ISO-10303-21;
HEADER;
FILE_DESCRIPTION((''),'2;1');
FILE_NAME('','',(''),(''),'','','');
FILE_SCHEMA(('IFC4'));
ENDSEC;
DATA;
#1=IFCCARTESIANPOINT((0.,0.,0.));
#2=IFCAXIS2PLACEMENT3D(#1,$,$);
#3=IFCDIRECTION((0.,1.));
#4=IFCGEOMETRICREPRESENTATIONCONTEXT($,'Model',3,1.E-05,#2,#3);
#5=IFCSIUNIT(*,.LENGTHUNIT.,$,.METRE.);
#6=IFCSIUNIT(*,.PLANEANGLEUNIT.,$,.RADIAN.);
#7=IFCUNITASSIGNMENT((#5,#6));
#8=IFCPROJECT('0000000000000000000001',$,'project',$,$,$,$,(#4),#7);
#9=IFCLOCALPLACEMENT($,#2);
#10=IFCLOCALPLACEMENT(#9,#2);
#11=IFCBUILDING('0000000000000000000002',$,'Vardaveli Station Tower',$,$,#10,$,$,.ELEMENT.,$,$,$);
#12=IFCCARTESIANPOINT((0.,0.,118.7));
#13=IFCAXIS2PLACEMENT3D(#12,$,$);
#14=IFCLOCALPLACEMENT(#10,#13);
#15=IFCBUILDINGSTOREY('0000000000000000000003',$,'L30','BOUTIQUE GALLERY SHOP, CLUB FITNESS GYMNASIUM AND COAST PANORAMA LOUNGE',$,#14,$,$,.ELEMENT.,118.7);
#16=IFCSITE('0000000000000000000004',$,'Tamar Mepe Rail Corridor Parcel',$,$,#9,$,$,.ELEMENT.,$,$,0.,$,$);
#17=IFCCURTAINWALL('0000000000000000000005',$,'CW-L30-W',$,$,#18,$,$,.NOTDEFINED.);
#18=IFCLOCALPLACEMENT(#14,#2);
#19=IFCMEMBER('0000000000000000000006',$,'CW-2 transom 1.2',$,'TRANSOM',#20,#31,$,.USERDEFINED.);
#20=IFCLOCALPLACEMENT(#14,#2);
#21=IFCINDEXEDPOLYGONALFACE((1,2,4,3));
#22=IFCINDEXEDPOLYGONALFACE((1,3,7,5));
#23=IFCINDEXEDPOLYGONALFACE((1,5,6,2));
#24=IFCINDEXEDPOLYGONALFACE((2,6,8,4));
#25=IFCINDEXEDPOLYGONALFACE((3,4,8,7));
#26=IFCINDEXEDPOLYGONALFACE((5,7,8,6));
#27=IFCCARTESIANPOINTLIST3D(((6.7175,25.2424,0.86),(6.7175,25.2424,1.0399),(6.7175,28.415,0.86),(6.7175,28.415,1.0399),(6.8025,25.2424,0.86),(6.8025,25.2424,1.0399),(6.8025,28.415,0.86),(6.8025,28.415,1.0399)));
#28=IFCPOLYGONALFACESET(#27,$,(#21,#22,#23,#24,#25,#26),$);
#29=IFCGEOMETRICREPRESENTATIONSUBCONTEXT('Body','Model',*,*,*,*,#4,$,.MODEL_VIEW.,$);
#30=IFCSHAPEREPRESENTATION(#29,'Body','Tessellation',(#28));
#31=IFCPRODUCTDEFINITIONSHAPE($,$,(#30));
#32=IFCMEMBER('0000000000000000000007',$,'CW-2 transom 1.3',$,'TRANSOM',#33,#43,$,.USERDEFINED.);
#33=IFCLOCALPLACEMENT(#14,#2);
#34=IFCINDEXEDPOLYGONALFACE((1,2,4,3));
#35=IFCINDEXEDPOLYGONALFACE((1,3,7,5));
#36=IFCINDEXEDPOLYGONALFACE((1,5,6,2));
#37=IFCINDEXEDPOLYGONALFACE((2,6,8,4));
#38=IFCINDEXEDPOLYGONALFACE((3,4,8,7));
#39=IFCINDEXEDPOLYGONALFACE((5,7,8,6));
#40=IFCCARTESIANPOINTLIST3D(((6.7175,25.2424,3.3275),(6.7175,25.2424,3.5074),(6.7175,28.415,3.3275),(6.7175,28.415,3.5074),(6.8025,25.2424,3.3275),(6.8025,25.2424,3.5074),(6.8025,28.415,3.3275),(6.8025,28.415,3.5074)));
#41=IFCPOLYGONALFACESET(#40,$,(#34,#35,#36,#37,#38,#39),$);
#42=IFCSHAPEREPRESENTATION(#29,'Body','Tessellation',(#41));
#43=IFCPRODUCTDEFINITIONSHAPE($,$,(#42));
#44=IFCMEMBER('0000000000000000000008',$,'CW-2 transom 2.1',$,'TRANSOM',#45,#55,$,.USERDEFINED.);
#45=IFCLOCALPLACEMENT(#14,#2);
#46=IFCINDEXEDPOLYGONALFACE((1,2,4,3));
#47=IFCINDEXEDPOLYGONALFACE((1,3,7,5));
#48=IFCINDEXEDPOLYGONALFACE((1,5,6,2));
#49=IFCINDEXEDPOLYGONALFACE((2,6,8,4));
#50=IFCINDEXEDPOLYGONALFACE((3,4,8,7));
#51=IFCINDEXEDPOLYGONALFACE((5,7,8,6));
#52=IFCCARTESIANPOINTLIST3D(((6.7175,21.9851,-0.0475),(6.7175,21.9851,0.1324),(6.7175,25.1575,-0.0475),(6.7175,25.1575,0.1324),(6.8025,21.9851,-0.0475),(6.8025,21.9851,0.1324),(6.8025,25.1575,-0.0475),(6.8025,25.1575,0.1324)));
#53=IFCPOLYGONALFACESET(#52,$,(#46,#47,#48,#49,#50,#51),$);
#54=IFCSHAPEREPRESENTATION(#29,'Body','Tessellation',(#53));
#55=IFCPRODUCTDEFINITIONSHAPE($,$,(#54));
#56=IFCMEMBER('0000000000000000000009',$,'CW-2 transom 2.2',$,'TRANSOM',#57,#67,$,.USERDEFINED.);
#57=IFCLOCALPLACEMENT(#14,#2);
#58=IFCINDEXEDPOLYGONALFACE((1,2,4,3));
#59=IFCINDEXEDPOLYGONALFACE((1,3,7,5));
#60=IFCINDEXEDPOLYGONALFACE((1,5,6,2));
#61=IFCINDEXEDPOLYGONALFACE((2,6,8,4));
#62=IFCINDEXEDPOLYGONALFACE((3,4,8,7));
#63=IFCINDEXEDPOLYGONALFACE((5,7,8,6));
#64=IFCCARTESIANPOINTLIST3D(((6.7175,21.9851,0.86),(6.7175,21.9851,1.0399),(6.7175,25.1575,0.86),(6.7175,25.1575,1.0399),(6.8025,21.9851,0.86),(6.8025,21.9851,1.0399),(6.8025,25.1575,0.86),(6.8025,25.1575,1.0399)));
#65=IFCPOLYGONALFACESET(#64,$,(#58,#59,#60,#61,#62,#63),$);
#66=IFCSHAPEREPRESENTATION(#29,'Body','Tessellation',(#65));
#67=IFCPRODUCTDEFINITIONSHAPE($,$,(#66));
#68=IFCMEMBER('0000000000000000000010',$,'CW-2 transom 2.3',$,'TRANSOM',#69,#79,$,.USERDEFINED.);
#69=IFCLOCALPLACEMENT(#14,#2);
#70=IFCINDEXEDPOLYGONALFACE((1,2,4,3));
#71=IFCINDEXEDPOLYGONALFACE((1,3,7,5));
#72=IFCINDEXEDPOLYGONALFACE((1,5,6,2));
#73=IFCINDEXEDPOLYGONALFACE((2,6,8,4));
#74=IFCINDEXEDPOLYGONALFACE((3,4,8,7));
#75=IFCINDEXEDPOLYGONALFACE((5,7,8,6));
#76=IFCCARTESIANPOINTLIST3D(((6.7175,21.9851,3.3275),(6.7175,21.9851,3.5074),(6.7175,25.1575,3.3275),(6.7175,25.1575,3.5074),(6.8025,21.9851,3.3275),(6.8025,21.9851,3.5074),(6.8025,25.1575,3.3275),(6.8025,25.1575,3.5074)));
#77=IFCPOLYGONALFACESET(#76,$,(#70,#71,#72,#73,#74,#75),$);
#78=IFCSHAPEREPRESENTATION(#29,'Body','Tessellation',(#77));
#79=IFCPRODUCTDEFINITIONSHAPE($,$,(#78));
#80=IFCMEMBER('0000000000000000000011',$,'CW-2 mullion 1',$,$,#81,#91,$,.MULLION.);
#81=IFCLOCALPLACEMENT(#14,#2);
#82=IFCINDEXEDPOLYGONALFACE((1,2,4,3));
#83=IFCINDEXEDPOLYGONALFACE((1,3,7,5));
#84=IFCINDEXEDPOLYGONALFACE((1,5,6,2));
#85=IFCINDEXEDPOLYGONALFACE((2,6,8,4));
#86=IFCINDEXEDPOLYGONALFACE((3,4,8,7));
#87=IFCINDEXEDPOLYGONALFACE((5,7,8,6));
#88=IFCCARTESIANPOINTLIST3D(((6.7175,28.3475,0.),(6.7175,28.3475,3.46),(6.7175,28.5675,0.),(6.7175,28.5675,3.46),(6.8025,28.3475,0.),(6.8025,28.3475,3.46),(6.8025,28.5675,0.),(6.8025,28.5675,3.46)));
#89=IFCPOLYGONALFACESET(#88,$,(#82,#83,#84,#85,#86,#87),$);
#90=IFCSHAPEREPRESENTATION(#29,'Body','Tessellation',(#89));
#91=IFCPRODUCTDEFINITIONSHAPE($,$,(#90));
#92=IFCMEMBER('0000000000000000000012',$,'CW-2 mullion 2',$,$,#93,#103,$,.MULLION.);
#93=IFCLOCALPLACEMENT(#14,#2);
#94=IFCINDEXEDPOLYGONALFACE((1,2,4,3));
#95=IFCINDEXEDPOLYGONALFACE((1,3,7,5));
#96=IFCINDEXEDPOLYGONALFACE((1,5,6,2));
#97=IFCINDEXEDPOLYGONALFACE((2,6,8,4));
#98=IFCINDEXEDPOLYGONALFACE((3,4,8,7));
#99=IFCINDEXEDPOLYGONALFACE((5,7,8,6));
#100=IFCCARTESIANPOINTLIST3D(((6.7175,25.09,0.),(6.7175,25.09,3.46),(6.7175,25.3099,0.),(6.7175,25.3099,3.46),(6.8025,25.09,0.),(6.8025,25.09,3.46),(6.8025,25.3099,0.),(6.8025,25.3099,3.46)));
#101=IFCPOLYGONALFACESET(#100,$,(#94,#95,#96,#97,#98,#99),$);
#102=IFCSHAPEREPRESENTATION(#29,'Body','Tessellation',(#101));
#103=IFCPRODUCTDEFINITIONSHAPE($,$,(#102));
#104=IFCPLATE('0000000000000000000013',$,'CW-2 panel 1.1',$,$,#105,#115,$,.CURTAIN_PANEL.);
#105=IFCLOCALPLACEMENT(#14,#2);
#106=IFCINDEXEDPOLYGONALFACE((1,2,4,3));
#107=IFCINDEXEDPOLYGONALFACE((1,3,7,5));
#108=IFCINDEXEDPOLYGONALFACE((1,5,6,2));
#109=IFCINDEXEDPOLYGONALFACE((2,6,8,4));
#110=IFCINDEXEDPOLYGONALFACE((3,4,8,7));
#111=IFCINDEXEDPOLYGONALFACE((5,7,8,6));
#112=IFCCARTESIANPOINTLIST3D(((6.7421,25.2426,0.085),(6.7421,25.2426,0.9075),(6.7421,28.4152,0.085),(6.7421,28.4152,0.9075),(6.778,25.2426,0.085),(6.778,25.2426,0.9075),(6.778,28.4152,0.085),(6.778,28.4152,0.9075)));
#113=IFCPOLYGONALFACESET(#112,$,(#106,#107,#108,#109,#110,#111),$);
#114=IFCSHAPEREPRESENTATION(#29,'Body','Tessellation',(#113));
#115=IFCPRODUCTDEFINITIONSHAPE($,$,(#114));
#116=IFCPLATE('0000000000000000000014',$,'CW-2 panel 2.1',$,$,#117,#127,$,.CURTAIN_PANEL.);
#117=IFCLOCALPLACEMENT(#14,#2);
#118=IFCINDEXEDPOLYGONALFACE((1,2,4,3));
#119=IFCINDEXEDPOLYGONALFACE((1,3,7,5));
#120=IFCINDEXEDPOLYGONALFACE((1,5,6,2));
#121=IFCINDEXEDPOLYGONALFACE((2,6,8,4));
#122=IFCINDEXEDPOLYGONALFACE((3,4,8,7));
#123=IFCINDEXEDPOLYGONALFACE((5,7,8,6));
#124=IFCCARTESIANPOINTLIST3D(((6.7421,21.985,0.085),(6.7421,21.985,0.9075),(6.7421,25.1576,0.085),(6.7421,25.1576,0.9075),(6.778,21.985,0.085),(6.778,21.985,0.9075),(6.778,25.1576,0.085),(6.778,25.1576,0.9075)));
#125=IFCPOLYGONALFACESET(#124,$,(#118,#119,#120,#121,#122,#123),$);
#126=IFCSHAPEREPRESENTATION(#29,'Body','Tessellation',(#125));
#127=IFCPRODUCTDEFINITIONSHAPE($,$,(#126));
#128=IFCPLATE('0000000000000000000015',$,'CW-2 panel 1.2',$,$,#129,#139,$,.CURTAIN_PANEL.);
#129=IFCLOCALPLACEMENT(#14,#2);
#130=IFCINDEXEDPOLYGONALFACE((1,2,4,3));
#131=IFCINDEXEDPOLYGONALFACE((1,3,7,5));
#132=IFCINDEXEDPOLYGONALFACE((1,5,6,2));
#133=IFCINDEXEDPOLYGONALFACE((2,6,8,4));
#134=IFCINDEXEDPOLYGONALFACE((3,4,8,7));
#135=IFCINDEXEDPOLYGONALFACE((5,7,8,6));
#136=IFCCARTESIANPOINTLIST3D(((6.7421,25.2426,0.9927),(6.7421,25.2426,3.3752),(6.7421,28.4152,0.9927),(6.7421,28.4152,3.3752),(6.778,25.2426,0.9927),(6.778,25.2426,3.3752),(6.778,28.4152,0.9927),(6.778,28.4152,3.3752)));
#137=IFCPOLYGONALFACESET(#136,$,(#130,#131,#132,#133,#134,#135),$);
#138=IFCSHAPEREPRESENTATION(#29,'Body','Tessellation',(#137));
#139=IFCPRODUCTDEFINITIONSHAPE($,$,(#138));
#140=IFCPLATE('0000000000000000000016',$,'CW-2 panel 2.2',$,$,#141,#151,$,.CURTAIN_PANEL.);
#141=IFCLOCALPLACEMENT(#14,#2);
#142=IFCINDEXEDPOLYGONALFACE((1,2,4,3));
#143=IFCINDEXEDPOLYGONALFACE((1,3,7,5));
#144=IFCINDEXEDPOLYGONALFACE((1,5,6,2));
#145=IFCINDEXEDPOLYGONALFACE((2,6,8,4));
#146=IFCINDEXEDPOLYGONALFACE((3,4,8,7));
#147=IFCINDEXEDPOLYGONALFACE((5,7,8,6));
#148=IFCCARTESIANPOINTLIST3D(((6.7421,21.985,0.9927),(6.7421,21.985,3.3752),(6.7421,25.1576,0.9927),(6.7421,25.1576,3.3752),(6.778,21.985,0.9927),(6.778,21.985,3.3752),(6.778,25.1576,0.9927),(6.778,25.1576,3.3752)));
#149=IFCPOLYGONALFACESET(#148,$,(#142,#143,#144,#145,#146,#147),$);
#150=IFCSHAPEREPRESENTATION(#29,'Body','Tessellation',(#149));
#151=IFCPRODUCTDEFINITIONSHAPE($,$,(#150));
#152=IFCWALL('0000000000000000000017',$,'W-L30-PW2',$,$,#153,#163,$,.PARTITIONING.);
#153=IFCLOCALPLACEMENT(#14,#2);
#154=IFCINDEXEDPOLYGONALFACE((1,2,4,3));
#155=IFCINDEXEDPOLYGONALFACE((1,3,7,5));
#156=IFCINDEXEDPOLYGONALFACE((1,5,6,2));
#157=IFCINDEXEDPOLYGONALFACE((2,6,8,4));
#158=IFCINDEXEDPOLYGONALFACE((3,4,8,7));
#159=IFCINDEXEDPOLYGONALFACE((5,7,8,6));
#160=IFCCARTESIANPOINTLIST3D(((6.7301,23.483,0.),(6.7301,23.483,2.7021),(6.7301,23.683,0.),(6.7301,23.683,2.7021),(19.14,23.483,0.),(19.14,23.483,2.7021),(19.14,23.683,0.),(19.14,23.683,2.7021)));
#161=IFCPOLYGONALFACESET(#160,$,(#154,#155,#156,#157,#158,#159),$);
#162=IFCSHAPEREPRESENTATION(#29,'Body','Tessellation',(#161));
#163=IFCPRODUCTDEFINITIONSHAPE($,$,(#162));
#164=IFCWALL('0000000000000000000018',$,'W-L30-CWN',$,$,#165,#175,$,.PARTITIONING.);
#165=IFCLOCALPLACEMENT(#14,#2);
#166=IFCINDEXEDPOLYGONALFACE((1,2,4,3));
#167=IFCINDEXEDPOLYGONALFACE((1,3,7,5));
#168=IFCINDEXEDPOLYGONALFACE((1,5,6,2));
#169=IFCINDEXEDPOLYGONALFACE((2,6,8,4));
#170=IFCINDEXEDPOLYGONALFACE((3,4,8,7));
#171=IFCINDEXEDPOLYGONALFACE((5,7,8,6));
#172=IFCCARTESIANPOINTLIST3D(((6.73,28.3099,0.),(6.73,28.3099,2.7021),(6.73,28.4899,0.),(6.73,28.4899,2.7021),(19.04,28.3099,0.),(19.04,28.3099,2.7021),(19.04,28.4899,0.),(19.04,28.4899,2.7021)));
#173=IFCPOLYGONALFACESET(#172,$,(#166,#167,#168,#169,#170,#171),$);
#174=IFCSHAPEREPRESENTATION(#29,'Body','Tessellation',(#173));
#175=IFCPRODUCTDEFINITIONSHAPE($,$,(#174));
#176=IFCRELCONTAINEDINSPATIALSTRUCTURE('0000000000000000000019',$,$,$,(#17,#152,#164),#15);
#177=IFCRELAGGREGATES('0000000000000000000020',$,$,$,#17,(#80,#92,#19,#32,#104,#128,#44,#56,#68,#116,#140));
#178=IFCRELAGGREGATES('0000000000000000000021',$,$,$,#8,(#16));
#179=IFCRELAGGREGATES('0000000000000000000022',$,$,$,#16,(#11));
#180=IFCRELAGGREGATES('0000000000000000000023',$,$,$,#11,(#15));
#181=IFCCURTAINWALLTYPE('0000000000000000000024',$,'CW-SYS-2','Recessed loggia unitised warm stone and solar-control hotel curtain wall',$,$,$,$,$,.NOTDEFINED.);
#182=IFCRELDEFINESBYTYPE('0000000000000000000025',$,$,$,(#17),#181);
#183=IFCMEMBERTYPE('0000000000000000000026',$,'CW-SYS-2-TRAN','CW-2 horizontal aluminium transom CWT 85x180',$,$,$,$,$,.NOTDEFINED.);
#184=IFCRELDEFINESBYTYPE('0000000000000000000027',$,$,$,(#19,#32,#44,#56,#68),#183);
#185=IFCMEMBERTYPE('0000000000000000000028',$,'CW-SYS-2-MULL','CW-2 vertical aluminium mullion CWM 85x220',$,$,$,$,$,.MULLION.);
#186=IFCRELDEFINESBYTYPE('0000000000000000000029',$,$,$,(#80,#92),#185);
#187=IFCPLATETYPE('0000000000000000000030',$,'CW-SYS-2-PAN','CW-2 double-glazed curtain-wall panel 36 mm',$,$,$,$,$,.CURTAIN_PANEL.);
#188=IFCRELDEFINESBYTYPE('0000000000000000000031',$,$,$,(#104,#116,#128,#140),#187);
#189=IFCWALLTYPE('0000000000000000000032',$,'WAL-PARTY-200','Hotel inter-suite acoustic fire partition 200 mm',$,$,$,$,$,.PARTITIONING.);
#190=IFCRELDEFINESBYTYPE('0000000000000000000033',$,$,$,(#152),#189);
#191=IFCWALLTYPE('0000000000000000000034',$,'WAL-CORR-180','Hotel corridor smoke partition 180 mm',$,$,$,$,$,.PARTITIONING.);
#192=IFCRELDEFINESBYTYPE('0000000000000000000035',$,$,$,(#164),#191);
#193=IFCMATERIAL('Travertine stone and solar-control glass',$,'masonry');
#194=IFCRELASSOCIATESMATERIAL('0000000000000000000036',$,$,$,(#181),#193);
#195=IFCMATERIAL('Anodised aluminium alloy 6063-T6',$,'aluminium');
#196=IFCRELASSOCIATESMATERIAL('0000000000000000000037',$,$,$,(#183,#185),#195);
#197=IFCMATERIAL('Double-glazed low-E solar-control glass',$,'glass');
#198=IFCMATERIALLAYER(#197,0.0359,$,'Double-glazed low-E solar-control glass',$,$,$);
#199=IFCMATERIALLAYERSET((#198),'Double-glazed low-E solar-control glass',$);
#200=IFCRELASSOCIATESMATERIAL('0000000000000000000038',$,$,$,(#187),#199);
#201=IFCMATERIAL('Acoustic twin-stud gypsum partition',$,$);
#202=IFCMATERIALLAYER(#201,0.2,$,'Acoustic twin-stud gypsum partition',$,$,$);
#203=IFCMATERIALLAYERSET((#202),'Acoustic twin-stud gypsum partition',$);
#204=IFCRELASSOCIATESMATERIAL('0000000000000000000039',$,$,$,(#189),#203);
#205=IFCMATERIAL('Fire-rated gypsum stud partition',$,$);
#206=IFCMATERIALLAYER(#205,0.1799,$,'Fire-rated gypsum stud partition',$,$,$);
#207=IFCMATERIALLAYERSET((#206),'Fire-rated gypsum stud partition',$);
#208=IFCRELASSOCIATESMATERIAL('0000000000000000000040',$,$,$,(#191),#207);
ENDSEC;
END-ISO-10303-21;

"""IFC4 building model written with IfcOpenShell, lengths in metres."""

from ifc_helpers import new_model, si_unit, direction, frame, frame_2d, origin, origin_2d, place, context, subcontext, project, spatial, rectangle, extrude, source, transform, mapped, material, layer, layer_set, material_profile, profile_set, type_object, element, aggregate, save


model = new_model("IFC4")

# Units and contexts
model_context = context("Model", 3, precision=1e-05, world=origin(), true_north=direction((0.0, 1.0)))
body_context = subcontext(model_context, "Body", "Model", "MODEL_VIEW")
ifc_project = project(units=[si_unit("LENGTHUNIT", "METRE"), si_unit("PLANEANGLEUNIT", "RADIAN")], contexts=[model_context])

# Site, building, storey
site_placement = place(None, origin())
site = spatial("IfcSite", under=ifc_project, at=site_placement, Name="Tamar Mepe Rail Corridor Parcel", CompositionType="ELEMENT", RefElevation=0.0)
building_placement = place(site_placement, origin())
building = spatial("IfcBuilding", under=site, at=building_placement, Name="Vardaveli Station Tower", CompositionType="ELEMENT")
storey_placement = place(building_placement, frame((0.0, 0.0, 118.7)))
storey = spatial("IfcBuildingStorey", under=building, at=storey_placement, Name="L30", Description="BOUTIQUE GALLERY SHOP, CLUB FITNESS GYMNASIUM AND COAST PANORAMA LOUNGE", CompositionType="ELEMENT", Elevation=118.7)

# Curtain wall, members, plates
ifc_material_1 = material(Name="Travertine stone and solar-control glass", Category="masonry")
curtain_wall_type = type_object("IfcCurtainWallType", Name="CW-SYS-2", Description="Recessed loggia unitised warm stone and solar-control hotel curtain wall", PredefinedType="NOTDEFINED", material=ifc_material_1)
curtain_wall_placement = place(storey_placement, origin())
curtain_wall = element("IfcCurtainWall", 1, at=curtain_wall_placement, inside=storey, type_object=curtain_wall_type, Name="CW-L30-W", PredefinedType="NOTDEFINED")
ifc_material_2 = material(Name="Anodised aluminium alloy 6063-T6", Category="aluminium")
ifc_material_profile_1 = material_profile(ifc_material_2, rectangle(XDim=0.085, YDim=0.1799, at=origin_2d()), Name="CWT 85x180")
ifc_profile_set_1 = profile_set([ifc_material_profile_1], Name="Anodised aluminium alloy 6063-T6")
member_type_1 = type_object("IfcMemberType", Name="CW-SYS-2-TRAN", Description="CW-2 horizontal aluminium transom CWT 85x180", PredefinedType="NOTDEFINED", material=ifc_profile_set_1)
shared_shape_1 = source(origin(), body_context, "Body", "SweptSolid", [
    extrude(rectangle(XDim=0.085, YDim=0.1799, at=origin_2d()), origin(), (0.0, 0.0, 1.0), 3.1726),
])
member_1_placement = place(storey_placement, frame((6.76, 28.415, 0.95), z_axis=(0.0, -1.0, 0.0), x_axis=(1.0, 0.0, 0.0)))
member_1 = element("IfcMember", 2, at=member_1_placement, type_object=member_type_1, Name="CW-2 transom 1.2", ObjectType="TRANSOM", PredefinedType="USERDEFINED", context=body_context, shape_type="MappedRepresentation", body=[
    mapped(shared_shape_1, transform((0.0, 0.0, 0.0), scale=1.0)),
])
member_2_placement = place(storey_placement, frame((6.76, 28.415, 3.4175), z_axis=(0.0, -1.0, 0.0), x_axis=(1.0, 0.0, 0.0)))
member_2 = element("IfcMember", 3, at=member_2_placement, type_object=member_type_1, Name="CW-2 transom 1.3", ObjectType="TRANSOM", PredefinedType="USERDEFINED", context=body_context, shape_type="MappedRepresentation", body=[
    mapped(shared_shape_1, transform((0.0, 0.0, 0.0), scale=1.0)),
])
shared_shape_2 = source(origin(), body_context, "Body", "SweptSolid", [
    extrude(rectangle(XDim=0.085, YDim=0.1799, at=origin_2d()), origin(), (0.0, 0.0, 1.0), 3.1724),
])
member_3_placement = place(storey_placement, frame((6.76, 25.1575, 0.0425), z_axis=(0.0, -1.0, 0.0), x_axis=(1.0, 0.0, 0.0)))
member_3 = element("IfcMember", 4, at=member_3_placement, type_object=member_type_1, Name="CW-2 transom 2.1", ObjectType="TRANSOM", PredefinedType="USERDEFINED", context=body_context, shape_type="MappedRepresentation", body=[
    mapped(shared_shape_2, transform((0.0, 0.0, 0.0), scale=1.0)),
])
member_4_placement = place(storey_placement, frame((6.76, 25.1575, 0.95), z_axis=(0.0, -1.0, 0.0), x_axis=(1.0, 0.0, 0.0)))
member_4 = element("IfcMember", 5, at=member_4_placement, type_object=member_type_1, Name="CW-2 transom 2.2", ObjectType="TRANSOM", PredefinedType="USERDEFINED", context=body_context, shape_type="MappedRepresentation", body=[
    mapped(shared_shape_2, transform((0.0, 0.0, 0.0), scale=1.0)),
])
member_5_placement = place(storey_placement, frame((6.76, 25.1575, 3.4175), z_axis=(0.0, -1.0, 0.0), x_axis=(1.0, 0.0, 0.0)))
member_5 = element("IfcMember", 6, at=member_5_placement, type_object=member_type_1, Name="CW-2 transom 2.3", ObjectType="TRANSOM", PredefinedType="USERDEFINED", context=body_context, shape_type="MappedRepresentation", body=[
    mapped(shared_shape_2, transform((0.0, 0.0, 0.0), scale=1.0)),
])
ifc_material_profile_2 = material_profile(ifc_material_2, rectangle(XDim=0.085, YDim=0.22, at=origin_2d()), Name="CWM 85x220")
ifc_profile_set_2 = profile_set([ifc_material_profile_2], Name="Anodised aluminium alloy 6063-T6")
member_type_2 = type_object("IfcMemberType", Name="CW-SYS-2-MULL", Description="CW-2 vertical aluminium mullion CWM 85x220", PredefinedType="MULLION", material=ifc_profile_set_2)
shared_shape_3 = source(origin(), body_context, "Body", "SweptSolid", [
    extrude(rectangle(XDim=0.085, YDim=0.22, at=origin_2d()), origin(), (0.0, 0.0, 1.0), 3.46),
])
member_6_placement = place(storey_placement, frame((6.76, 28.4575, 0.0), z_axis=(0.0, 0.0, 1.0), x_axis=(1.0, 0.0, 0.0)))
member_6 = element("IfcMember", 7, at=member_6_placement, type_object=member_type_2, Name="CW-2 mullion 1", PredefinedType="MULLION", context=body_context, shape_type="MappedRepresentation", body=[
    mapped(shared_shape_3, transform((0.0, 0.0, 0.0), scale=1.0)),
])
member_7_placement = place(storey_placement, frame((6.76, 25.2, 0.0), z_axis=(0.0, 0.0, 1.0), x_axis=(1.0, 0.0, 0.0)))
member_7 = element("IfcMember", 8, at=member_7_placement, type_object=member_type_2, Name="CW-2 mullion 2", PredefinedType="MULLION", context=body_context, shape_type="MappedRepresentation", body=[
    mapped(shared_shape_3, transform((0.0, 0.0, 0.0), scale=1.0)),
])
ifc_material_3 = material(Name="Double-glazed low-E solar-control glass", Category="glass")
ifc_layer_1 = layer(ifc_material_3, 0.0359, Name="Double-glazed low-E solar-control glass")
ifc_layer_set_1 = layer_set([ifc_layer_1], Name="Double-glazed low-E solar-control glass")
plate_type = type_object("IfcPlateType", Name="CW-SYS-2-PAN", Description="CW-2 double-glazed curtain-wall panel 36 mm", PredefinedType="CURTAIN_PANEL", material=ifc_layer_set_1)
shared_shape_4 = source(origin(), body_context, "Body", "SweptSolid", [
    extrude(rectangle(XDim=3.1726, YDim=0.0359, at=origin_2d()), origin(), (0.0, 0.0, 1.0), 0.8225),
])
plate_1_placement = place(storey_placement, frame((6.76, 26.8289, 0.085), z_axis=(0.0, 0.0, 1.0), x_axis=(0.0, -1.0, 0.0)))
plate_1 = element("IfcPlate", 9, at=plate_1_placement, type_object=plate_type, Name="CW-2 panel 1.1", PredefinedType="CURTAIN_PANEL", context=body_context, shape_type="MappedRepresentation", body=[
    mapped(shared_shape_4, transform((0.0, 0.0, 0.0), scale=1.0)),
])
plate_2_placement = place(storey_placement, frame((6.76, 23.5713, 0.085), z_axis=(0.0, 0.0, 1.0), x_axis=(0.0, -1.0, 0.0)))
plate_2 = element("IfcPlate", 10, at=plate_2_placement, type_object=plate_type, Name="CW-2 panel 2.1", PredefinedType="CURTAIN_PANEL", context=body_context, shape_type="MappedRepresentation", body=[
    mapped(shared_shape_4, transform((0.0, 0.0, 0.0), scale=1.0)),
])
shared_shape_5 = source(origin(), body_context, "Body", "SweptSolid", [
    extrude(rectangle(XDim=3.1726, YDim=0.0359, at=origin_2d()), origin(), (0.0, 0.0, 1.0), 2.3826),
])
plate_3_placement = place(storey_placement, frame((6.76, 26.8289, 0.9927), z_axis=(0.0, 0.0, 1.0), x_axis=(0.0, -1.0, 0.0)))
plate_3 = element("IfcPlate", 11, at=plate_3_placement, type_object=plate_type, Name="CW-2 panel 1.2", PredefinedType="CURTAIN_PANEL", context=body_context, shape_type="MappedRepresentation", body=[
    mapped(shared_shape_5, transform((0.0, 0.0, 0.0), scale=1.0)),
])
plate_4_placement = place(storey_placement, frame((6.76, 23.5713, 0.9927), z_axis=(0.0, 0.0, 1.0), x_axis=(0.0, -1.0, 0.0)))
plate_4 = element("IfcPlate", 12, at=plate_4_placement, type_object=plate_type, Name="CW-2 panel 2.2", PredefinedType="CURTAIN_PANEL", context=body_context, shape_type="MappedRepresentation", body=[
    mapped(shared_shape_5, transform((0.0, 0.0, 0.0), scale=1.0)),
])
aggregate(curtain_wall, [member_6, member_7, member_1, member_2, plate_1, plate_3, member_3, member_4, member_5, plate_2, plate_4])

# Walls
ifc_material_4 = material(Name="Acoustic twin-stud gypsum partition")
ifc_layer_2 = layer(ifc_material_4, 0.2, Name="Acoustic twin-stud gypsum partition")
ifc_layer_set_2 = layer_set([ifc_layer_2], Name="Acoustic twin-stud gypsum partition")
wall_type_1 = type_object("IfcWallType", Name="WAL-PARTY-200", Description="Hotel inter-suite acoustic fire partition 200 mm", PredefinedType="PARTITIONING", material=ifc_layer_set_2)
shared_shape_6 = source(origin(), body_context, "Body", "SweptSolid", [
    extrude(rectangle(XDim=12.4099, YDim=0.2, at=frame_2d((6.2051, 0.0))), origin(), (0.0, 0.0, 1.0), 2.7021),
])
wall_1_placement = place(storey_placement, frame((6.73, 23.583, 0.0), z_axis=(0.0, 0.0, 1.0), x_axis=(1.0, 0.0, 0.0)))
element("IfcWall", 13, at=wall_1_placement, inside=storey, type_object=wall_type_1, Name="W-L30-PW2", PredefinedType="PARTITIONING", context=body_context, shape_type="MappedRepresentation", body=[
    mapped(shared_shape_6, transform((0.0, 0.0, 0.0), scale=1.0)),
])
ifc_material_5 = material(Name="Fire-rated gypsum stud partition")
ifc_layer_3 = layer(ifc_material_5, 0.1799, Name="Fire-rated gypsum stud partition")
ifc_layer_set_3 = layer_set([ifc_layer_3], Name="Fire-rated gypsum stud partition")
wall_type_2 = type_object("IfcWallType", Name="WAL-CORR-180", Description="Hotel corridor smoke partition 180 mm", PredefinedType="PARTITIONING", material=ifc_layer_set_3)
shared_shape_7 = source(origin(), body_context, "Body", "SweptSolid", [
    extrude(rectangle(XDim=12.3101, YDim=0.1799, at=frame_2d((6.155, 0.0))), origin(), (0.0, 0.0, 1.0), 2.7021),
])
wall_2_placement = place(storey_placement, frame((6.73, 28.3999, 0.0), z_axis=(0.0, 0.0, 1.0), x_axis=(1.0, 0.0, 0.0)))
element("IfcWall", 14, at=wall_2_placement, inside=storey, type_object=wall_type_2, Name="W-L30-CWN", PredefinedType="PARTITIONING", context=body_context, shape_type="MappedRepresentation", body=[
    mapped(shared_shape_7, transform((0.0, 0.0, 0.0), scale=1.0)),
])

save(model, "model.ifc")
